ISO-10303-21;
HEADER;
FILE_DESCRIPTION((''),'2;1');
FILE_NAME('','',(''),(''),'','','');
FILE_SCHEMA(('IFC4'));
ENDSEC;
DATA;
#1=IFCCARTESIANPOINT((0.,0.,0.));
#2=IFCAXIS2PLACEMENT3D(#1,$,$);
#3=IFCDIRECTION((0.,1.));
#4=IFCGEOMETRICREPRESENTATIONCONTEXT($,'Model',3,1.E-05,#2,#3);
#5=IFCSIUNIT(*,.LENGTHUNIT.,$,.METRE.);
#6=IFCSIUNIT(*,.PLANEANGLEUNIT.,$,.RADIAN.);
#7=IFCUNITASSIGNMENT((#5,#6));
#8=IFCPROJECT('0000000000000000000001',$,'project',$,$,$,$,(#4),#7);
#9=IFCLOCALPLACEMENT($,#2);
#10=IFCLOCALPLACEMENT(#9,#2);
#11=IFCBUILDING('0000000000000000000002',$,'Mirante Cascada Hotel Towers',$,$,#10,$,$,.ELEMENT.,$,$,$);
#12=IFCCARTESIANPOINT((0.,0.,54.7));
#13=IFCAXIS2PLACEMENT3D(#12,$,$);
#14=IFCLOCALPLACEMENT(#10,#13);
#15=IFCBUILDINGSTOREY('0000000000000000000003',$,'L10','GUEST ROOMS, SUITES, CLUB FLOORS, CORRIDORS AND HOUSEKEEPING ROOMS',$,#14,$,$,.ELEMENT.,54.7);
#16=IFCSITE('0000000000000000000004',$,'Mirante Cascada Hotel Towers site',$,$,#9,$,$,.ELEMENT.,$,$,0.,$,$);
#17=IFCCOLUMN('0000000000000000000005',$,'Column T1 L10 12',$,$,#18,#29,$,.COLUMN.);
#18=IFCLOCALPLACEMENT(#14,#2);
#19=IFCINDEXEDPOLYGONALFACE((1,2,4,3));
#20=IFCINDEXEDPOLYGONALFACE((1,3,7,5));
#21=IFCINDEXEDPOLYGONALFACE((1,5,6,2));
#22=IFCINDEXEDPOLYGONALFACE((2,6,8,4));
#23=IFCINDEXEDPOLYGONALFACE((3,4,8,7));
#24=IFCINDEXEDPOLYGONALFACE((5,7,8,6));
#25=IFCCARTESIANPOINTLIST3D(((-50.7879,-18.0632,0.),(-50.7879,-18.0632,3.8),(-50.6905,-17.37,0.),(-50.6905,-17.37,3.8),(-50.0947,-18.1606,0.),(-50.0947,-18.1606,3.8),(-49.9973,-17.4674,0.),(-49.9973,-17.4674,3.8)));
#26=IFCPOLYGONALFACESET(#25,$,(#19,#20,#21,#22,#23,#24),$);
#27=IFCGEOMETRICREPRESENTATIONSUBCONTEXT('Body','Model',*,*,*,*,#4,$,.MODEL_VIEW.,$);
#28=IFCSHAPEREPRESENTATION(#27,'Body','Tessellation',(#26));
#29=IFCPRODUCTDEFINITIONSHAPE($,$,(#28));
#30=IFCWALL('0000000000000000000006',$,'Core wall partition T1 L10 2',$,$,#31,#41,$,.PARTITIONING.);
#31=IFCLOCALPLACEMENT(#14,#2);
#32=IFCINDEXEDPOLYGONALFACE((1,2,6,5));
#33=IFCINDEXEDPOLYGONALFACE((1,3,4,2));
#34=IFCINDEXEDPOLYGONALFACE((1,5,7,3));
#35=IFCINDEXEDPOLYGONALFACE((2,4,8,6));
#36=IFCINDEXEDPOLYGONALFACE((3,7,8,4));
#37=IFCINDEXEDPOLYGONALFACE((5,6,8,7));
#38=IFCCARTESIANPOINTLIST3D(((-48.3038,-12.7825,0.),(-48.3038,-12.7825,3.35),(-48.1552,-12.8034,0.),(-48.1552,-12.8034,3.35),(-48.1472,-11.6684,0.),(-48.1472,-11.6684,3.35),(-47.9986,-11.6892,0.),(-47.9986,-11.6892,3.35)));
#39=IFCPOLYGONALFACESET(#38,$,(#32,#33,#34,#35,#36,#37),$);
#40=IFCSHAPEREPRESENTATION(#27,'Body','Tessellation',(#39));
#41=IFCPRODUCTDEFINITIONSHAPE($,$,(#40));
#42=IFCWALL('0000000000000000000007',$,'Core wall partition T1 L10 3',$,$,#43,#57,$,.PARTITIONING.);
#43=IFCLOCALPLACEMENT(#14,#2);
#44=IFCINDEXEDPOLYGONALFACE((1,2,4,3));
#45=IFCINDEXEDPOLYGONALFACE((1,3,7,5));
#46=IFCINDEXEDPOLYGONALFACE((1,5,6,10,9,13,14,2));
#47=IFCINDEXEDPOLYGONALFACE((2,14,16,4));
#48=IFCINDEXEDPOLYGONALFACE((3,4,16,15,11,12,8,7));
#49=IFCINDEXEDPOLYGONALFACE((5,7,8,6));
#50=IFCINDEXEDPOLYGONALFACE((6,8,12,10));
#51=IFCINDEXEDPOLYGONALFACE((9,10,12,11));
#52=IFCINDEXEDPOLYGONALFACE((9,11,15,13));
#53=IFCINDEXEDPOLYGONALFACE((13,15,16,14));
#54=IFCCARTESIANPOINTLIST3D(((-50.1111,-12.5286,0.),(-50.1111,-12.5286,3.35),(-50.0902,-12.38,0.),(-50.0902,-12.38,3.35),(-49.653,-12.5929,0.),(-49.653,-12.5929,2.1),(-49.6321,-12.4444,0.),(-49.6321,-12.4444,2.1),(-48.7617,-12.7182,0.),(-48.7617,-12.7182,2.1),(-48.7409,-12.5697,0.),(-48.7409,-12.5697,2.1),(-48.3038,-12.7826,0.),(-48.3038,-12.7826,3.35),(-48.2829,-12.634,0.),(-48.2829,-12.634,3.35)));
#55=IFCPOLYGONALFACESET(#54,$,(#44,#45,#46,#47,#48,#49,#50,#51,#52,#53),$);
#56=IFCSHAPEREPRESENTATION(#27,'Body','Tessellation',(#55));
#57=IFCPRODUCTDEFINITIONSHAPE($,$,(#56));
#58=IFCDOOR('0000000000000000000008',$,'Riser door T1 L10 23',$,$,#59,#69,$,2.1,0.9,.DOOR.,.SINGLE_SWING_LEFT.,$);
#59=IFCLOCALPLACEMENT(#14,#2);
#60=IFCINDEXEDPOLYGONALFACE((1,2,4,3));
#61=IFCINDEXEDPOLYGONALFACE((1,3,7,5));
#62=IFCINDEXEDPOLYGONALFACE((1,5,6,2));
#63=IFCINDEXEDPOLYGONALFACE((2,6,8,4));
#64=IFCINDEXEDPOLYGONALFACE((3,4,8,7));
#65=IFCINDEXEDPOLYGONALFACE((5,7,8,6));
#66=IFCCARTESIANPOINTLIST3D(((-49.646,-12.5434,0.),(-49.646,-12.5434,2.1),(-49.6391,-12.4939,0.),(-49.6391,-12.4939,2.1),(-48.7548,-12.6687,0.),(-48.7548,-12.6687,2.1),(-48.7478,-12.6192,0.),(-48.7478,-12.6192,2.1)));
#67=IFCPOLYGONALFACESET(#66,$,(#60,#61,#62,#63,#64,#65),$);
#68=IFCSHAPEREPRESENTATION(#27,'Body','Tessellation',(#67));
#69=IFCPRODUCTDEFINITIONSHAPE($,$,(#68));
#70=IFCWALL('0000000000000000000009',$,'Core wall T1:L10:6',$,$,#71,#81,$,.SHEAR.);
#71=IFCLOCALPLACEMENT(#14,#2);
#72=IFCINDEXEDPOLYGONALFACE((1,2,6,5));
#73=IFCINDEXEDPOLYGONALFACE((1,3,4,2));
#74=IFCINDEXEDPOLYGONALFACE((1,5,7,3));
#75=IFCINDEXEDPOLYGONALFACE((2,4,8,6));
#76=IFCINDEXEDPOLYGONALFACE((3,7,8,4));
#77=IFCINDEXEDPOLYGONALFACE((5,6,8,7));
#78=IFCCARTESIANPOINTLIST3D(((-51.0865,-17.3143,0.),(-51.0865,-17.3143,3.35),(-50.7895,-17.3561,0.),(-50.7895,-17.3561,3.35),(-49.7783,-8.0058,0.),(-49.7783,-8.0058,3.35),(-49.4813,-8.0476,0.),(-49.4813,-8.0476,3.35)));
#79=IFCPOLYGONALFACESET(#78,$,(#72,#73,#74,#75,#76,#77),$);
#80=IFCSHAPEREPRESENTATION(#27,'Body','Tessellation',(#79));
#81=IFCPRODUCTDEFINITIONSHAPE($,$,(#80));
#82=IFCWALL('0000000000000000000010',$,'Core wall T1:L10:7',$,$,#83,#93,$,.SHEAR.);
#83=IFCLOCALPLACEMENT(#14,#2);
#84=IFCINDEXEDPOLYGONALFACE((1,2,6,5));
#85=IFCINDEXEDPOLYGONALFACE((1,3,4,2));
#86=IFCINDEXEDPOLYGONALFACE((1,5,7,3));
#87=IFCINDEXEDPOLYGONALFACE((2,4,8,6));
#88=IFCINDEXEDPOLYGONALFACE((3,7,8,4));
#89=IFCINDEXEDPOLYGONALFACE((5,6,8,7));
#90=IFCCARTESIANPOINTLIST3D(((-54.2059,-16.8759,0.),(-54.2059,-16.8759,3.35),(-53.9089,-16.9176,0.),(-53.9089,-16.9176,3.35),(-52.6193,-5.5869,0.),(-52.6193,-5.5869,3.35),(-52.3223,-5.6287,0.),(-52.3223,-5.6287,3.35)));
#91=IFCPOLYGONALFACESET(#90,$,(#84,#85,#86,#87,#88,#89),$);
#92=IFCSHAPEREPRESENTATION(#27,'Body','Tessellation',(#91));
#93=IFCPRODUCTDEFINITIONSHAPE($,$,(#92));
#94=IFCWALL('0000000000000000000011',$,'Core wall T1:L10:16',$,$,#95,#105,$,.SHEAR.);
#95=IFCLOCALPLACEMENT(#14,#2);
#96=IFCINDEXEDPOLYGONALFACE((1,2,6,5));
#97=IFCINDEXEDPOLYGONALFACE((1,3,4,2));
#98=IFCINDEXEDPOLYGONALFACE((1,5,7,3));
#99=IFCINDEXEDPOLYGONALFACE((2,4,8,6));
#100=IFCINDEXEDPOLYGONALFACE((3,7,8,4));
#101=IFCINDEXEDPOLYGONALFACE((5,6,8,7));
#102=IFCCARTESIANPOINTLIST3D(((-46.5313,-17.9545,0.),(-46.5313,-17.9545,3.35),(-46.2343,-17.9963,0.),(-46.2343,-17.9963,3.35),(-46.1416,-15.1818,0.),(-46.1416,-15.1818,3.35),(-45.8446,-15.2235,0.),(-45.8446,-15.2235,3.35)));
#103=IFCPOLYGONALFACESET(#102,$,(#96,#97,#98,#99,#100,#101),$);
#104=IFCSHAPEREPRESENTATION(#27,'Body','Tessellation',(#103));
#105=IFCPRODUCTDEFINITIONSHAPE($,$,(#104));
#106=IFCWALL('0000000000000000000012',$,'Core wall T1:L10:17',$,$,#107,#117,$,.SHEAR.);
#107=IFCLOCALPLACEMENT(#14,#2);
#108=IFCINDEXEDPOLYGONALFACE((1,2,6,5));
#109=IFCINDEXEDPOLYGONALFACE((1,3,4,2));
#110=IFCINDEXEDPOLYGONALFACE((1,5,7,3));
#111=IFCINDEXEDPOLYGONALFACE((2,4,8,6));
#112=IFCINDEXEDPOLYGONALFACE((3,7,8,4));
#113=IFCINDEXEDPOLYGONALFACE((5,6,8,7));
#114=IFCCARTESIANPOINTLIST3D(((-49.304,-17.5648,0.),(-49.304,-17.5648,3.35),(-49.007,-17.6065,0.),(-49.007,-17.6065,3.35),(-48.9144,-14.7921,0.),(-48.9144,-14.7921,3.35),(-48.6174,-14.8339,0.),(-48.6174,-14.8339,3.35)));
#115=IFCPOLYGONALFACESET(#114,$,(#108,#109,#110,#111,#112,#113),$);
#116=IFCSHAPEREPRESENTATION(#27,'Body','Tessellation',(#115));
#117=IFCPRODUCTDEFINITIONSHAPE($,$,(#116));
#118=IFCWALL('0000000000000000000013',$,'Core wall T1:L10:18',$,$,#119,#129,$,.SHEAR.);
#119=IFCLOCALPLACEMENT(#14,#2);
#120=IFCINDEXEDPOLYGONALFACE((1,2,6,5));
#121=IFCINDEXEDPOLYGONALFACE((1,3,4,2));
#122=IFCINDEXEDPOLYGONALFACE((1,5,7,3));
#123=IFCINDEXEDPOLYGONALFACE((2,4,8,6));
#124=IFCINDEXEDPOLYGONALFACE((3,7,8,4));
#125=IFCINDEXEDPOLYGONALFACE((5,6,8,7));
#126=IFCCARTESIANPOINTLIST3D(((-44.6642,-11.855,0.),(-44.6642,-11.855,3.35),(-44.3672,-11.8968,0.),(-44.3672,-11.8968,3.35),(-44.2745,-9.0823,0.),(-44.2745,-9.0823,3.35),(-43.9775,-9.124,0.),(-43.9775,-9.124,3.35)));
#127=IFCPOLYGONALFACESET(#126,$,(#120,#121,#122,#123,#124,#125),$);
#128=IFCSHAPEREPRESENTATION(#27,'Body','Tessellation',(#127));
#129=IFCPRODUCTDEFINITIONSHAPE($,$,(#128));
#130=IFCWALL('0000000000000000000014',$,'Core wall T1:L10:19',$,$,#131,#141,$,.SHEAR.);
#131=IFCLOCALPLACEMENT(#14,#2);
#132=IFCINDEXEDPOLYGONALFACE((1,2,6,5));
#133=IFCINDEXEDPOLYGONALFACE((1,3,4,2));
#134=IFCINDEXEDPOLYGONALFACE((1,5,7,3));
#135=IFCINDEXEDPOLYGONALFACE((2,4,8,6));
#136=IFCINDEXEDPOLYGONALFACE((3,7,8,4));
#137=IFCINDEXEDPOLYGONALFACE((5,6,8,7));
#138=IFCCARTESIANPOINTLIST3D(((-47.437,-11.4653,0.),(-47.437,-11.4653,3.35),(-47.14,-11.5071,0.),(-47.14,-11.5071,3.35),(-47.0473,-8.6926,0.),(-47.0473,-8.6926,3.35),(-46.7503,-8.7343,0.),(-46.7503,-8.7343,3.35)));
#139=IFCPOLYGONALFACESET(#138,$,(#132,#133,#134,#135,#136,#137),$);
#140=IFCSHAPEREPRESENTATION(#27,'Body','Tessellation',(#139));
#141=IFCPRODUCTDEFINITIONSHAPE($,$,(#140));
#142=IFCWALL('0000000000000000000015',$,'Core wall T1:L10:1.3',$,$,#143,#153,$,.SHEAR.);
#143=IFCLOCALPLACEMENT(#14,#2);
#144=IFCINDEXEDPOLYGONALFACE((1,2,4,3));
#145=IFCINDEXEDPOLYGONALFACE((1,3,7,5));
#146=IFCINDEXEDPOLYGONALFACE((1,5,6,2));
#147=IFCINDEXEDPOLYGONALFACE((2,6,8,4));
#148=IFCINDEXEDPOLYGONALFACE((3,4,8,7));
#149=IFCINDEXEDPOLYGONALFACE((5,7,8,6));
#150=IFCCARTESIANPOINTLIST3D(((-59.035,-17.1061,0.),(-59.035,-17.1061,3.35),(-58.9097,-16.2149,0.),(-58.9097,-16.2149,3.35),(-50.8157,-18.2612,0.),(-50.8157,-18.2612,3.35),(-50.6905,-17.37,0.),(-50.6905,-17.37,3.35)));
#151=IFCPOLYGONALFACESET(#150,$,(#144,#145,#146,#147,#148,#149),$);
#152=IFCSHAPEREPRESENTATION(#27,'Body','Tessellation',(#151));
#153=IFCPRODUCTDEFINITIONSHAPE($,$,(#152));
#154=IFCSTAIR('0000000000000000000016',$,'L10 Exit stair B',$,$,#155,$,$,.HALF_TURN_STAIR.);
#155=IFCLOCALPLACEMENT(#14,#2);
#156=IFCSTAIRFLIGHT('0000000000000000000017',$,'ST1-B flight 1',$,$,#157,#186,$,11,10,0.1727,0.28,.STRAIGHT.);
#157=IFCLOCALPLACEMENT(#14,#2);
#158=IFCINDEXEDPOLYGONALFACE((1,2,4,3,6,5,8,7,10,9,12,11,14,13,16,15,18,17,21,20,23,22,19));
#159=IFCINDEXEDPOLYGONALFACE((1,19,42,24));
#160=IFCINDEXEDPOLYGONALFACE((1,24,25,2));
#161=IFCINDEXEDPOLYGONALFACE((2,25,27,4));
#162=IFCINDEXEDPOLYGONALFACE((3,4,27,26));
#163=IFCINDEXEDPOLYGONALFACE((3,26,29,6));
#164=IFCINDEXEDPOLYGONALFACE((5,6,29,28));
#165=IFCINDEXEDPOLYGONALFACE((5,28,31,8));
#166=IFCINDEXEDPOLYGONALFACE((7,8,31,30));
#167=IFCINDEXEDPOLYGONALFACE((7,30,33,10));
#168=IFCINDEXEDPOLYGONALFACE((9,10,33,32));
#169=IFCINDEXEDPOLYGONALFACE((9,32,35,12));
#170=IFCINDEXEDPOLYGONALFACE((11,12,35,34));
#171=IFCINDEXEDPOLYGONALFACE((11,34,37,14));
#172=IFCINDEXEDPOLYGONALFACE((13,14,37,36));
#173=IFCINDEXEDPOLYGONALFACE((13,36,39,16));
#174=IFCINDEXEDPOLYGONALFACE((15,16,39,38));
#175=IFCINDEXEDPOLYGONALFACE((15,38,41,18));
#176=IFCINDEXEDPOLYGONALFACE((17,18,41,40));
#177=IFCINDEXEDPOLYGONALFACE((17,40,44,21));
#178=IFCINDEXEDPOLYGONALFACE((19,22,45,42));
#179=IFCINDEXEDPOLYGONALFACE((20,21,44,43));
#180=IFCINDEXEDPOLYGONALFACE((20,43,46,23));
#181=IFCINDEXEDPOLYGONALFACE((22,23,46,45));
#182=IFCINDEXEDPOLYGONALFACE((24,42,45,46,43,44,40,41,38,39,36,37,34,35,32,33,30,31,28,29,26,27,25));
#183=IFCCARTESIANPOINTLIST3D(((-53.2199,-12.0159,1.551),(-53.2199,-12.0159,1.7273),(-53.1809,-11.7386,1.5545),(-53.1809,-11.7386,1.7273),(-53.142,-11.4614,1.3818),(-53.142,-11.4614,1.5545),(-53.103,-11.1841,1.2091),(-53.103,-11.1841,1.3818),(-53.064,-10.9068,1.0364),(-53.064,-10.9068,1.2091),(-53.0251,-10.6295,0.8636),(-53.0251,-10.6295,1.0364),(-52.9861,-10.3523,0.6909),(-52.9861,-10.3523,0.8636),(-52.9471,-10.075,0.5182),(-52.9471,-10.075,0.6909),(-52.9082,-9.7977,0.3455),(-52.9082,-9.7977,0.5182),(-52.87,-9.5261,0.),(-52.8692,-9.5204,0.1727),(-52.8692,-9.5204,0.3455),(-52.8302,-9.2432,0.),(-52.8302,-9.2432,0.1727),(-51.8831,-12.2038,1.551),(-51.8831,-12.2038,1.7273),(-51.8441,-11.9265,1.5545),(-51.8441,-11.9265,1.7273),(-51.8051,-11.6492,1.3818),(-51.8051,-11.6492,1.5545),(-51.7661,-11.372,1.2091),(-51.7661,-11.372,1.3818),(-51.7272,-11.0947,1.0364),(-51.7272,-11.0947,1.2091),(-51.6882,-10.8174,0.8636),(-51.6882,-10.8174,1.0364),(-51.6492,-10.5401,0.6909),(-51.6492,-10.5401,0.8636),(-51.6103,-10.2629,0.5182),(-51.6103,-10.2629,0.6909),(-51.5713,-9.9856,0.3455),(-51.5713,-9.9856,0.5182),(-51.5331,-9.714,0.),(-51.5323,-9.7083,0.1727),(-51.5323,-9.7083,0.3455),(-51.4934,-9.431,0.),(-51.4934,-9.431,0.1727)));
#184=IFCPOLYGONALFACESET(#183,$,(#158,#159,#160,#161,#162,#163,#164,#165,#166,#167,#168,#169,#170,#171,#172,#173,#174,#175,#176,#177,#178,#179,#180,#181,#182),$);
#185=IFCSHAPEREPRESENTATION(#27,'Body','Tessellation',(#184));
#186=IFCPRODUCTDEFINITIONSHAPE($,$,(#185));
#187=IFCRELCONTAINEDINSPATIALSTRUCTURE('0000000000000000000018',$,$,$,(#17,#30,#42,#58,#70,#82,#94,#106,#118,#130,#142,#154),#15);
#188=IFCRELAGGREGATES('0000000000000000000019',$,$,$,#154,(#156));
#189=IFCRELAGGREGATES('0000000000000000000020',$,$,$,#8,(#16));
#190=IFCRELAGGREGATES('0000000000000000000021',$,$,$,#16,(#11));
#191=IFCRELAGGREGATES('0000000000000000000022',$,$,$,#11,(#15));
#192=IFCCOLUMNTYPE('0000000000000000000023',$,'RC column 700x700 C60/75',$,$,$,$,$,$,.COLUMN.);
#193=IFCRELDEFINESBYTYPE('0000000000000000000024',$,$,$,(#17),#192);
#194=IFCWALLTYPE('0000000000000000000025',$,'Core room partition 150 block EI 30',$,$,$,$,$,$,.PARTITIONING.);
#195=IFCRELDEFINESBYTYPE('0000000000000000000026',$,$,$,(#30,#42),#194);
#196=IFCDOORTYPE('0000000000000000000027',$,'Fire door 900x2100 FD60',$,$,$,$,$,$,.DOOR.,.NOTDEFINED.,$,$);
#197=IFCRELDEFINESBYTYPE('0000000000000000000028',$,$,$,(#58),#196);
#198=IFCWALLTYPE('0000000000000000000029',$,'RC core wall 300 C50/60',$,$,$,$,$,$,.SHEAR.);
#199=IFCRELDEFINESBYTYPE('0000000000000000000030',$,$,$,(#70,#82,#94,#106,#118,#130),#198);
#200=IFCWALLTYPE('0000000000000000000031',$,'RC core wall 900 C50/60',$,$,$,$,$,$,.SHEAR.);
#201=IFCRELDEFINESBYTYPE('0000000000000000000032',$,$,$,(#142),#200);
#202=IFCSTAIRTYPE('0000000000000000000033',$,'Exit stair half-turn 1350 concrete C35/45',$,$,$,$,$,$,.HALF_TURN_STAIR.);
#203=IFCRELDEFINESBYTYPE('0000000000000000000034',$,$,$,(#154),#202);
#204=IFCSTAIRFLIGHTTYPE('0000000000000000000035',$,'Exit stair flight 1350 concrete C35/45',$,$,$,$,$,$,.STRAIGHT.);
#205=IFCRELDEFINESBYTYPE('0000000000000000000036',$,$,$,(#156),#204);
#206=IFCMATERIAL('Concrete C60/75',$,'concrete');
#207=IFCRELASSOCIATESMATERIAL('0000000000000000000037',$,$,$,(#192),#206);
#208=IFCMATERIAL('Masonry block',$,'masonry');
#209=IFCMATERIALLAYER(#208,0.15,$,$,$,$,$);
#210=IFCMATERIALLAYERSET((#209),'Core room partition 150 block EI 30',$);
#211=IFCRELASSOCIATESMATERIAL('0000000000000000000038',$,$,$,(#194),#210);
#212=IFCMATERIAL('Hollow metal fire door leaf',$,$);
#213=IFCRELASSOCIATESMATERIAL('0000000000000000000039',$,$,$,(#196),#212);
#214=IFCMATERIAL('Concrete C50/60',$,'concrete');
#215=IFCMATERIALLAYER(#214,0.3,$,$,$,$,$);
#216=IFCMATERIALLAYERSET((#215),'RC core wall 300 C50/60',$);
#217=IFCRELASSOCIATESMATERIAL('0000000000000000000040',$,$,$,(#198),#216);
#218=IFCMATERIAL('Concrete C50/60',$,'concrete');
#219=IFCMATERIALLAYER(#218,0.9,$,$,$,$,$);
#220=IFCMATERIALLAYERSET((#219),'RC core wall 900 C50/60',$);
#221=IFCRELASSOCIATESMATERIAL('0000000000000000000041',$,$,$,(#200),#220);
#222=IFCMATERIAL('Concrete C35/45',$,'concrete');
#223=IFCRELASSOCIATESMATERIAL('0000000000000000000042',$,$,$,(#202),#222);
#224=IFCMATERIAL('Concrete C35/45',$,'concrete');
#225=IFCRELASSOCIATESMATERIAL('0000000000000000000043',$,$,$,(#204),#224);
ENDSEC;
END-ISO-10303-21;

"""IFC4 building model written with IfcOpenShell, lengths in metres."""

from ifc_helpers import new_model, si_unit, direction, frame, frame_2d, origin, origin_2d, place, context, subcontext, project, spatial, polyline, rectangle, outline, extrude, material, layer, layer_set, material_profile, profile_set, type_object, element, fill, aggregate, save


model = new_model("IFC4")

# Units and contexts
model_context = context("Model", 3, precision=1e-05, world=origin(), true_north=direction((0.0, 1.0)))
body_context = subcontext(model_context, "Body", "Model", "MODEL_VIEW")
ifc_project = project(units=[si_unit("LENGTHUNIT", "METRE"), si_unit("PLANEANGLEUNIT", "RADIAN")], contexts=[model_context])

# Site, building, storey
site_placement = place(None, origin())
site = spatial("IfcSite", under=ifc_project, at=site_placement, Name="Mirante Cascada Hotel Towers site", CompositionType="ELEMENT", RefElevation=0.0)
building_placement = place(site_placement, origin())
building = spatial("IfcBuilding", under=site, at=building_placement, Name="Mirante Cascada Hotel Towers", CompositionType="ELEMENT")
storey_placement = place(building_placement, frame((0.0, 0.0, 54.7)))
storey = spatial("IfcBuildingStorey", under=building, at=storey_placement, Name="L10", Description="GUEST ROOMS, SUITES, CLUB FLOORS, CORRIDORS AND HOUSEKEEPING ROOMS", CompositionType="ELEMENT", Elevation=54.7)

# Column
ifc_material_1 = material(Name="Concrete C60/75", Category="concrete")
ifc_material_profile = material_profile(ifc_material_1, rectangle(XDim=0.7, YDim=0.7, at=origin_2d()), Name="RC column 700x700 C60/75")
ifc_profile_set = profile_set([ifc_material_profile], Name="Concrete C60/75")
column_type = type_object("IfcColumnType", Name="RC column 700x700 C60/75", PredefinedType="COLUMN", material=ifc_profile_set)
column_placement = place(storey_placement, frame((-50.3926, -17.7653, 0.0), z_axis=(0.0, 0.0, 1.0), x_axis=(-0.990268, 0.139173, 0.0)))
element("IfcColumn", 1, at=column_placement, inside=storey, type_object=column_type, Name="Column T1 L10 12", PredefinedType="COLUMN", context=body_context, shape_type="SweptSolid", body=[
    extrude(rectangle(XDim=0.7, YDim=0.7, at=origin_2d()), origin(), (0.0, 0.0, 1.0), 3.8),
])

# Wall
ifc_material_2 = material(Name="Masonry block", Category="masonry")
ifc_layer_1 = layer(ifc_material_2, 0.15)
ifc_layer_set_1 = layer_set([ifc_layer_1], Name="Core room partition 150 block EI 30")
wall_type_1 = type_object("IfcWallType", Name="Core room partition 150 block EI 30", PredefinedType="PARTITIONING", material=ifc_layer_set_1)
wall_1_placement = place(storey_placement, frame((-48.2295, -12.793, 0.0), z_axis=(0.0, 0.0, 1.0), x_axis=(0.139193, 0.990265, 0.0)))
element("IfcWall", 2, at=wall_1_placement, inside=storey, type_object=wall_type_1, Name="Core wall partition T1 L10 2", PredefinedType="PARTITIONING", context=body_context, shape_type="SweptSolid", body=[
    extrude(rectangle(XDim=1.1251, YDim=0.15, at=frame_2d((0.5626, 0.0))), origin(), (0.0, 0.0, 1.0), 3.35),
])

# Wall, opening, door
wall_2_placement = place(storey_placement, frame((-48.2933, -12.7083, 0.0), z_axis=(0.0, 0.0, 1.0), x_axis=(-0.990268, 0.139173, 0.0)))
wall_2 = element("IfcWall", 3, at=wall_2_placement, inside=storey, type_object=wall_type_1, Name="Core wall partition T1 L10 3", PredefinedType="PARTITIONING", context=body_context, shape_type="SweptSolid", body=[
    extrude(rectangle(XDim=1.8251, YDim=0.15, at=frame_2d((0.9126, 0.0))), origin(), (0.0, 0.0, 1.0), 3.35),
])
opening_1_placement = place(wall_2_placement, frame((0.4625, 0.0, 0.0)))
opening_1 = element("IfcOpeningElement", 4, at=opening_1_placement, cuts=wall_2, PredefinedType="OPENING", context=body_context, shape_type="SweptSolid", body=[
    extrude(rectangle(XDim=0.9, YDim=2.1, at=frame_2d((0.45, 1.05))), frame((0.0, 0.075, 0.0), z_axis=(0.0, -1.0, 0.0), x_axis=(1.0, 0.0, 0.0)), (0.0, 0.0, 1.0), 0.15),
])
ifc_material_3 = material(Name="Hollow metal fire door leaf")
door_type_1 = type_object("IfcDoorType", Name="Fire door 900x2100 FD60", OperationType="NOTDEFINED", PredefinedType="DOOR", material=ifc_material_3)
door_1_placement = place(opening_1_placement, origin())
door_1 = element("IfcDoor", 5, at=door_1_placement, inside=storey, type_object=door_type_1, Name="Riser door T1 L10 23", OperationType="SINGLE_SWING_LEFT", OverallHeight=2.1, OverallWidth=0.9, PredefinedType="DOOR", context=body_context, shape_type="SweptSolid", body=[
    extrude(rectangle(XDim=0.9, YDim=2.1, at=frame_2d((0.45, 1.05))), frame((0.0, 0.025, 0.0), z_axis=(0.0, -1.0, 0.0), x_axis=(1.0, 0.0, 0.0)), (0.0, 0.0, 1.0), 0.05),
])
fill(opening_1, door_1)

# Walls
ifc_material_4 = material(Name="Concrete C50/60", Category="concrete")
ifc_layer_2 = layer(ifc_material_4, 0.3)
ifc_layer_set_2 = layer_set([ifc_layer_2], Name="RC core wall 300 C50/60")
wall_type_2 = type_object("IfcWallType", Name="RC core wall 300 C50/60", PredefinedType="SHEAR", material=ifc_layer_set_2)
wall_3_placement = place(storey_placement, frame((-50.938, -17.3352, 0.0), z_axis=(0.0, 0.0, 1.0), x_axis=(0.139171, 0.990268, 0.0)))
element("IfcWall", 6, at=wall_3_placement, inside=storey, type_object=wall_type_2, Name="Core wall T1:L10:6", PredefinedType="SHEAR", context=body_context, shape_type="SweptSolid", body=[
    extrude(rectangle(XDim=9.4, YDim=0.3, at=frame_2d((4.7, 0.0))), origin(), (0.0, 0.0, 1.0), 3.35),
])
wall_4_placement = place(storey_placement, frame((-54.0574, -16.8968, 0.0), z_axis=(0.0, 0.0, 1.0), x_axis=(0.139176, 0.990268, 0.0)))
element("IfcWall", 7, at=wall_4_placement, inside=storey, type_object=wall_type_2, Name="Core wall T1:L10:7", PredefinedType="SHEAR", context=body_context, shape_type="SweptSolid", body=[
    extrude(rectangle(XDim=11.3999, YDim=0.3, at=frame_2d((5.7, 0.0))), origin(), (0.0, 0.0, 1.0), 3.35),
])
wall_5_placement = place(storey_placement, frame((-46.3828, -17.9754, 0.0), z_axis=(0.0, 0.0, 1.0), x_axis=(0.139181, 0.990267, 0.0)))
element("IfcWall", 8, at=wall_5_placement, inside=storey, type_object=wall_type_2, Name="Core wall T1:L10:16", PredefinedType="SHEAR", context=body_context, shape_type="SweptSolid", body=[
    extrude(rectangle(XDim=2.8, YDim=0.3, at=frame_2d((1.4, 0.0))), origin(), (0.0, 0.0, 1.0), 3.35),
])
wall_6_placement = place(storey_placement, frame((-49.1555, -17.5857, 0.0), z_axis=(0.0, 0.0, 1.0), x_axis=(0.139146, 0.990272, 0.0)))
element("IfcWall", 9, at=wall_6_placement, inside=storey, type_object=wall_type_2, Name="Core wall T1:L10:17", PredefinedType="SHEAR", context=body_context, shape_type="SweptSolid", body=[
    extrude(rectangle(XDim=2.7999, YDim=0.3, at=frame_2d((1.4, 0.0))), origin(), (0.0, 0.0, 1.0), 3.35),
])
for number, where, z_axis, x_axis, name in (
    (10, (-44.5157, -11.8759, 0.0), (0.0, 0.0, 1.0), (0.139181, 0.990267, 0.0), "Core wall T1:L10:18"),
    (11, (-47.2885, -11.4862, 0.0), (0.0, 0.0, 1.0), (0.139181, 0.990267, 0.0), "Core wall T1:L10:19"),
):
    element("IfcWall", number, at=place(storey_placement, frame(where, z_axis=z_axis, x_axis=x_axis)), inside=storey, type_object=wall_type_2, Name=name, PredefinedType="SHEAR", context=body_context, shape_type="SweptSolid", body=[
        extrude(rectangle(XDim=2.8, YDim=0.3, at=frame_2d((1.4, 0.0))), origin(), (0.0, 0.0, 1.0), 3.35),
    ])

# Wall
ifc_material_5 = material(Name="Concrete C50/60", Category="concrete")
ifc_layer_3 = layer(ifc_material_5, 0.9)
ifc_layer_set_3 = layer_set([ifc_layer_3], Name="RC core wall 900 C50/60")
wall_type_3 = type_object("IfcWallType", Name="RC core wall 900 C50/60", PredefinedType="SHEAR", material=ifc_layer_set_3)
wall_7_placement = place(storey_placement, frame((-50.7531, -17.8156, 0.0), z_axis=(0.0, 0.0, 1.0), x_axis=(-0.990269, 0.139169, 0.0)))
element("IfcWall", 12, at=wall_7_placement, inside=storey, type_object=wall_type_3, Name="Core wall T1:L10:1.3", PredefinedType="SHEAR", context=body_context, shape_type="SweptSolid", body=[
    extrude(rectangle(XDim=8.3, YDim=0.9, at=frame_2d((4.15, 0.0))), origin(), (0.0, 0.0, 1.0), 3.35),
])

# Stair, stair flight
ifc_material_6 = material(Name="Concrete C35/45", Category="concrete")
stair_type = type_object("IfcStairType", Name="Exit stair half-turn 1350 concrete C35/45", PredefinedType="HALF_TURN_STAIR", material=ifc_material_6)
stair_placement = place(storey_placement, origin())
stair = element("IfcStair", 13, at=stair_placement, inside=storey, type_object=stair_type, Name="L10 Exit stair B", PredefinedType="HALF_TURN_STAIR")
ifc_material_7 = material(Name="Concrete C35/45", Category="concrete")
stair_flight_type = type_object("IfcStairFlightType", Name="Exit stair flight 1350 concrete C35/45", PredefinedType="STRAIGHT", material=ifc_material_7)
stair_flight_1_placement = place(storey_placement, frame((-52.1618, -9.3371, 0.0), z_axis=(0.0, 0.0, 1.0), x_axis=(-0.139173, -0.990268, 0.0)))
stair_flight_1 = element("IfcStairFlight", 14, at=stair_flight_1_placement, type_object=stair_flight_type, Name="ST1-B flight 1", NumberOfRisers=11, NumberOfTreads=10, PredefinedType="STRAIGHT", RiserHeight=0.1727, TreadLength=0.28, context=body_context, shape_type="SweptSolid", body=[
    extrude(outline(polyline([(0.0, 0.0), (0.0, 0.1727), (0.28, 0.1727), (0.28, 0.3455), (0.56, 0.3455), (0.56, 0.5182), (0.84, 0.5182), (0.84, 0.6909), (1.12, 0.6909), (1.12, 0.8636), (1.4, 0.8636), (1.4, 1.0364), (1.68, 1.0364), (1.68, 1.2091), (1.96, 1.2091), (1.96, 1.3818), (2.24, 1.3818), (2.24, 1.5545), (2.52, 1.5545), (2.52, 1.7273), (2.8, 1.7273), (2.8, 1.9), (2.8, 1.551), (0.2857, 0.0), (0.0, 0.0)])), frame((0.0, 0.675, 0.0), z_axis=(0.0, -1.0, 0.0), x_axis=(1.0, 0.0, 0.0)), (0.0, 0.0, 1.0), 1.35),
])
aggregate(stair, [stair_flight_1])

save(model, "model.ifc")
